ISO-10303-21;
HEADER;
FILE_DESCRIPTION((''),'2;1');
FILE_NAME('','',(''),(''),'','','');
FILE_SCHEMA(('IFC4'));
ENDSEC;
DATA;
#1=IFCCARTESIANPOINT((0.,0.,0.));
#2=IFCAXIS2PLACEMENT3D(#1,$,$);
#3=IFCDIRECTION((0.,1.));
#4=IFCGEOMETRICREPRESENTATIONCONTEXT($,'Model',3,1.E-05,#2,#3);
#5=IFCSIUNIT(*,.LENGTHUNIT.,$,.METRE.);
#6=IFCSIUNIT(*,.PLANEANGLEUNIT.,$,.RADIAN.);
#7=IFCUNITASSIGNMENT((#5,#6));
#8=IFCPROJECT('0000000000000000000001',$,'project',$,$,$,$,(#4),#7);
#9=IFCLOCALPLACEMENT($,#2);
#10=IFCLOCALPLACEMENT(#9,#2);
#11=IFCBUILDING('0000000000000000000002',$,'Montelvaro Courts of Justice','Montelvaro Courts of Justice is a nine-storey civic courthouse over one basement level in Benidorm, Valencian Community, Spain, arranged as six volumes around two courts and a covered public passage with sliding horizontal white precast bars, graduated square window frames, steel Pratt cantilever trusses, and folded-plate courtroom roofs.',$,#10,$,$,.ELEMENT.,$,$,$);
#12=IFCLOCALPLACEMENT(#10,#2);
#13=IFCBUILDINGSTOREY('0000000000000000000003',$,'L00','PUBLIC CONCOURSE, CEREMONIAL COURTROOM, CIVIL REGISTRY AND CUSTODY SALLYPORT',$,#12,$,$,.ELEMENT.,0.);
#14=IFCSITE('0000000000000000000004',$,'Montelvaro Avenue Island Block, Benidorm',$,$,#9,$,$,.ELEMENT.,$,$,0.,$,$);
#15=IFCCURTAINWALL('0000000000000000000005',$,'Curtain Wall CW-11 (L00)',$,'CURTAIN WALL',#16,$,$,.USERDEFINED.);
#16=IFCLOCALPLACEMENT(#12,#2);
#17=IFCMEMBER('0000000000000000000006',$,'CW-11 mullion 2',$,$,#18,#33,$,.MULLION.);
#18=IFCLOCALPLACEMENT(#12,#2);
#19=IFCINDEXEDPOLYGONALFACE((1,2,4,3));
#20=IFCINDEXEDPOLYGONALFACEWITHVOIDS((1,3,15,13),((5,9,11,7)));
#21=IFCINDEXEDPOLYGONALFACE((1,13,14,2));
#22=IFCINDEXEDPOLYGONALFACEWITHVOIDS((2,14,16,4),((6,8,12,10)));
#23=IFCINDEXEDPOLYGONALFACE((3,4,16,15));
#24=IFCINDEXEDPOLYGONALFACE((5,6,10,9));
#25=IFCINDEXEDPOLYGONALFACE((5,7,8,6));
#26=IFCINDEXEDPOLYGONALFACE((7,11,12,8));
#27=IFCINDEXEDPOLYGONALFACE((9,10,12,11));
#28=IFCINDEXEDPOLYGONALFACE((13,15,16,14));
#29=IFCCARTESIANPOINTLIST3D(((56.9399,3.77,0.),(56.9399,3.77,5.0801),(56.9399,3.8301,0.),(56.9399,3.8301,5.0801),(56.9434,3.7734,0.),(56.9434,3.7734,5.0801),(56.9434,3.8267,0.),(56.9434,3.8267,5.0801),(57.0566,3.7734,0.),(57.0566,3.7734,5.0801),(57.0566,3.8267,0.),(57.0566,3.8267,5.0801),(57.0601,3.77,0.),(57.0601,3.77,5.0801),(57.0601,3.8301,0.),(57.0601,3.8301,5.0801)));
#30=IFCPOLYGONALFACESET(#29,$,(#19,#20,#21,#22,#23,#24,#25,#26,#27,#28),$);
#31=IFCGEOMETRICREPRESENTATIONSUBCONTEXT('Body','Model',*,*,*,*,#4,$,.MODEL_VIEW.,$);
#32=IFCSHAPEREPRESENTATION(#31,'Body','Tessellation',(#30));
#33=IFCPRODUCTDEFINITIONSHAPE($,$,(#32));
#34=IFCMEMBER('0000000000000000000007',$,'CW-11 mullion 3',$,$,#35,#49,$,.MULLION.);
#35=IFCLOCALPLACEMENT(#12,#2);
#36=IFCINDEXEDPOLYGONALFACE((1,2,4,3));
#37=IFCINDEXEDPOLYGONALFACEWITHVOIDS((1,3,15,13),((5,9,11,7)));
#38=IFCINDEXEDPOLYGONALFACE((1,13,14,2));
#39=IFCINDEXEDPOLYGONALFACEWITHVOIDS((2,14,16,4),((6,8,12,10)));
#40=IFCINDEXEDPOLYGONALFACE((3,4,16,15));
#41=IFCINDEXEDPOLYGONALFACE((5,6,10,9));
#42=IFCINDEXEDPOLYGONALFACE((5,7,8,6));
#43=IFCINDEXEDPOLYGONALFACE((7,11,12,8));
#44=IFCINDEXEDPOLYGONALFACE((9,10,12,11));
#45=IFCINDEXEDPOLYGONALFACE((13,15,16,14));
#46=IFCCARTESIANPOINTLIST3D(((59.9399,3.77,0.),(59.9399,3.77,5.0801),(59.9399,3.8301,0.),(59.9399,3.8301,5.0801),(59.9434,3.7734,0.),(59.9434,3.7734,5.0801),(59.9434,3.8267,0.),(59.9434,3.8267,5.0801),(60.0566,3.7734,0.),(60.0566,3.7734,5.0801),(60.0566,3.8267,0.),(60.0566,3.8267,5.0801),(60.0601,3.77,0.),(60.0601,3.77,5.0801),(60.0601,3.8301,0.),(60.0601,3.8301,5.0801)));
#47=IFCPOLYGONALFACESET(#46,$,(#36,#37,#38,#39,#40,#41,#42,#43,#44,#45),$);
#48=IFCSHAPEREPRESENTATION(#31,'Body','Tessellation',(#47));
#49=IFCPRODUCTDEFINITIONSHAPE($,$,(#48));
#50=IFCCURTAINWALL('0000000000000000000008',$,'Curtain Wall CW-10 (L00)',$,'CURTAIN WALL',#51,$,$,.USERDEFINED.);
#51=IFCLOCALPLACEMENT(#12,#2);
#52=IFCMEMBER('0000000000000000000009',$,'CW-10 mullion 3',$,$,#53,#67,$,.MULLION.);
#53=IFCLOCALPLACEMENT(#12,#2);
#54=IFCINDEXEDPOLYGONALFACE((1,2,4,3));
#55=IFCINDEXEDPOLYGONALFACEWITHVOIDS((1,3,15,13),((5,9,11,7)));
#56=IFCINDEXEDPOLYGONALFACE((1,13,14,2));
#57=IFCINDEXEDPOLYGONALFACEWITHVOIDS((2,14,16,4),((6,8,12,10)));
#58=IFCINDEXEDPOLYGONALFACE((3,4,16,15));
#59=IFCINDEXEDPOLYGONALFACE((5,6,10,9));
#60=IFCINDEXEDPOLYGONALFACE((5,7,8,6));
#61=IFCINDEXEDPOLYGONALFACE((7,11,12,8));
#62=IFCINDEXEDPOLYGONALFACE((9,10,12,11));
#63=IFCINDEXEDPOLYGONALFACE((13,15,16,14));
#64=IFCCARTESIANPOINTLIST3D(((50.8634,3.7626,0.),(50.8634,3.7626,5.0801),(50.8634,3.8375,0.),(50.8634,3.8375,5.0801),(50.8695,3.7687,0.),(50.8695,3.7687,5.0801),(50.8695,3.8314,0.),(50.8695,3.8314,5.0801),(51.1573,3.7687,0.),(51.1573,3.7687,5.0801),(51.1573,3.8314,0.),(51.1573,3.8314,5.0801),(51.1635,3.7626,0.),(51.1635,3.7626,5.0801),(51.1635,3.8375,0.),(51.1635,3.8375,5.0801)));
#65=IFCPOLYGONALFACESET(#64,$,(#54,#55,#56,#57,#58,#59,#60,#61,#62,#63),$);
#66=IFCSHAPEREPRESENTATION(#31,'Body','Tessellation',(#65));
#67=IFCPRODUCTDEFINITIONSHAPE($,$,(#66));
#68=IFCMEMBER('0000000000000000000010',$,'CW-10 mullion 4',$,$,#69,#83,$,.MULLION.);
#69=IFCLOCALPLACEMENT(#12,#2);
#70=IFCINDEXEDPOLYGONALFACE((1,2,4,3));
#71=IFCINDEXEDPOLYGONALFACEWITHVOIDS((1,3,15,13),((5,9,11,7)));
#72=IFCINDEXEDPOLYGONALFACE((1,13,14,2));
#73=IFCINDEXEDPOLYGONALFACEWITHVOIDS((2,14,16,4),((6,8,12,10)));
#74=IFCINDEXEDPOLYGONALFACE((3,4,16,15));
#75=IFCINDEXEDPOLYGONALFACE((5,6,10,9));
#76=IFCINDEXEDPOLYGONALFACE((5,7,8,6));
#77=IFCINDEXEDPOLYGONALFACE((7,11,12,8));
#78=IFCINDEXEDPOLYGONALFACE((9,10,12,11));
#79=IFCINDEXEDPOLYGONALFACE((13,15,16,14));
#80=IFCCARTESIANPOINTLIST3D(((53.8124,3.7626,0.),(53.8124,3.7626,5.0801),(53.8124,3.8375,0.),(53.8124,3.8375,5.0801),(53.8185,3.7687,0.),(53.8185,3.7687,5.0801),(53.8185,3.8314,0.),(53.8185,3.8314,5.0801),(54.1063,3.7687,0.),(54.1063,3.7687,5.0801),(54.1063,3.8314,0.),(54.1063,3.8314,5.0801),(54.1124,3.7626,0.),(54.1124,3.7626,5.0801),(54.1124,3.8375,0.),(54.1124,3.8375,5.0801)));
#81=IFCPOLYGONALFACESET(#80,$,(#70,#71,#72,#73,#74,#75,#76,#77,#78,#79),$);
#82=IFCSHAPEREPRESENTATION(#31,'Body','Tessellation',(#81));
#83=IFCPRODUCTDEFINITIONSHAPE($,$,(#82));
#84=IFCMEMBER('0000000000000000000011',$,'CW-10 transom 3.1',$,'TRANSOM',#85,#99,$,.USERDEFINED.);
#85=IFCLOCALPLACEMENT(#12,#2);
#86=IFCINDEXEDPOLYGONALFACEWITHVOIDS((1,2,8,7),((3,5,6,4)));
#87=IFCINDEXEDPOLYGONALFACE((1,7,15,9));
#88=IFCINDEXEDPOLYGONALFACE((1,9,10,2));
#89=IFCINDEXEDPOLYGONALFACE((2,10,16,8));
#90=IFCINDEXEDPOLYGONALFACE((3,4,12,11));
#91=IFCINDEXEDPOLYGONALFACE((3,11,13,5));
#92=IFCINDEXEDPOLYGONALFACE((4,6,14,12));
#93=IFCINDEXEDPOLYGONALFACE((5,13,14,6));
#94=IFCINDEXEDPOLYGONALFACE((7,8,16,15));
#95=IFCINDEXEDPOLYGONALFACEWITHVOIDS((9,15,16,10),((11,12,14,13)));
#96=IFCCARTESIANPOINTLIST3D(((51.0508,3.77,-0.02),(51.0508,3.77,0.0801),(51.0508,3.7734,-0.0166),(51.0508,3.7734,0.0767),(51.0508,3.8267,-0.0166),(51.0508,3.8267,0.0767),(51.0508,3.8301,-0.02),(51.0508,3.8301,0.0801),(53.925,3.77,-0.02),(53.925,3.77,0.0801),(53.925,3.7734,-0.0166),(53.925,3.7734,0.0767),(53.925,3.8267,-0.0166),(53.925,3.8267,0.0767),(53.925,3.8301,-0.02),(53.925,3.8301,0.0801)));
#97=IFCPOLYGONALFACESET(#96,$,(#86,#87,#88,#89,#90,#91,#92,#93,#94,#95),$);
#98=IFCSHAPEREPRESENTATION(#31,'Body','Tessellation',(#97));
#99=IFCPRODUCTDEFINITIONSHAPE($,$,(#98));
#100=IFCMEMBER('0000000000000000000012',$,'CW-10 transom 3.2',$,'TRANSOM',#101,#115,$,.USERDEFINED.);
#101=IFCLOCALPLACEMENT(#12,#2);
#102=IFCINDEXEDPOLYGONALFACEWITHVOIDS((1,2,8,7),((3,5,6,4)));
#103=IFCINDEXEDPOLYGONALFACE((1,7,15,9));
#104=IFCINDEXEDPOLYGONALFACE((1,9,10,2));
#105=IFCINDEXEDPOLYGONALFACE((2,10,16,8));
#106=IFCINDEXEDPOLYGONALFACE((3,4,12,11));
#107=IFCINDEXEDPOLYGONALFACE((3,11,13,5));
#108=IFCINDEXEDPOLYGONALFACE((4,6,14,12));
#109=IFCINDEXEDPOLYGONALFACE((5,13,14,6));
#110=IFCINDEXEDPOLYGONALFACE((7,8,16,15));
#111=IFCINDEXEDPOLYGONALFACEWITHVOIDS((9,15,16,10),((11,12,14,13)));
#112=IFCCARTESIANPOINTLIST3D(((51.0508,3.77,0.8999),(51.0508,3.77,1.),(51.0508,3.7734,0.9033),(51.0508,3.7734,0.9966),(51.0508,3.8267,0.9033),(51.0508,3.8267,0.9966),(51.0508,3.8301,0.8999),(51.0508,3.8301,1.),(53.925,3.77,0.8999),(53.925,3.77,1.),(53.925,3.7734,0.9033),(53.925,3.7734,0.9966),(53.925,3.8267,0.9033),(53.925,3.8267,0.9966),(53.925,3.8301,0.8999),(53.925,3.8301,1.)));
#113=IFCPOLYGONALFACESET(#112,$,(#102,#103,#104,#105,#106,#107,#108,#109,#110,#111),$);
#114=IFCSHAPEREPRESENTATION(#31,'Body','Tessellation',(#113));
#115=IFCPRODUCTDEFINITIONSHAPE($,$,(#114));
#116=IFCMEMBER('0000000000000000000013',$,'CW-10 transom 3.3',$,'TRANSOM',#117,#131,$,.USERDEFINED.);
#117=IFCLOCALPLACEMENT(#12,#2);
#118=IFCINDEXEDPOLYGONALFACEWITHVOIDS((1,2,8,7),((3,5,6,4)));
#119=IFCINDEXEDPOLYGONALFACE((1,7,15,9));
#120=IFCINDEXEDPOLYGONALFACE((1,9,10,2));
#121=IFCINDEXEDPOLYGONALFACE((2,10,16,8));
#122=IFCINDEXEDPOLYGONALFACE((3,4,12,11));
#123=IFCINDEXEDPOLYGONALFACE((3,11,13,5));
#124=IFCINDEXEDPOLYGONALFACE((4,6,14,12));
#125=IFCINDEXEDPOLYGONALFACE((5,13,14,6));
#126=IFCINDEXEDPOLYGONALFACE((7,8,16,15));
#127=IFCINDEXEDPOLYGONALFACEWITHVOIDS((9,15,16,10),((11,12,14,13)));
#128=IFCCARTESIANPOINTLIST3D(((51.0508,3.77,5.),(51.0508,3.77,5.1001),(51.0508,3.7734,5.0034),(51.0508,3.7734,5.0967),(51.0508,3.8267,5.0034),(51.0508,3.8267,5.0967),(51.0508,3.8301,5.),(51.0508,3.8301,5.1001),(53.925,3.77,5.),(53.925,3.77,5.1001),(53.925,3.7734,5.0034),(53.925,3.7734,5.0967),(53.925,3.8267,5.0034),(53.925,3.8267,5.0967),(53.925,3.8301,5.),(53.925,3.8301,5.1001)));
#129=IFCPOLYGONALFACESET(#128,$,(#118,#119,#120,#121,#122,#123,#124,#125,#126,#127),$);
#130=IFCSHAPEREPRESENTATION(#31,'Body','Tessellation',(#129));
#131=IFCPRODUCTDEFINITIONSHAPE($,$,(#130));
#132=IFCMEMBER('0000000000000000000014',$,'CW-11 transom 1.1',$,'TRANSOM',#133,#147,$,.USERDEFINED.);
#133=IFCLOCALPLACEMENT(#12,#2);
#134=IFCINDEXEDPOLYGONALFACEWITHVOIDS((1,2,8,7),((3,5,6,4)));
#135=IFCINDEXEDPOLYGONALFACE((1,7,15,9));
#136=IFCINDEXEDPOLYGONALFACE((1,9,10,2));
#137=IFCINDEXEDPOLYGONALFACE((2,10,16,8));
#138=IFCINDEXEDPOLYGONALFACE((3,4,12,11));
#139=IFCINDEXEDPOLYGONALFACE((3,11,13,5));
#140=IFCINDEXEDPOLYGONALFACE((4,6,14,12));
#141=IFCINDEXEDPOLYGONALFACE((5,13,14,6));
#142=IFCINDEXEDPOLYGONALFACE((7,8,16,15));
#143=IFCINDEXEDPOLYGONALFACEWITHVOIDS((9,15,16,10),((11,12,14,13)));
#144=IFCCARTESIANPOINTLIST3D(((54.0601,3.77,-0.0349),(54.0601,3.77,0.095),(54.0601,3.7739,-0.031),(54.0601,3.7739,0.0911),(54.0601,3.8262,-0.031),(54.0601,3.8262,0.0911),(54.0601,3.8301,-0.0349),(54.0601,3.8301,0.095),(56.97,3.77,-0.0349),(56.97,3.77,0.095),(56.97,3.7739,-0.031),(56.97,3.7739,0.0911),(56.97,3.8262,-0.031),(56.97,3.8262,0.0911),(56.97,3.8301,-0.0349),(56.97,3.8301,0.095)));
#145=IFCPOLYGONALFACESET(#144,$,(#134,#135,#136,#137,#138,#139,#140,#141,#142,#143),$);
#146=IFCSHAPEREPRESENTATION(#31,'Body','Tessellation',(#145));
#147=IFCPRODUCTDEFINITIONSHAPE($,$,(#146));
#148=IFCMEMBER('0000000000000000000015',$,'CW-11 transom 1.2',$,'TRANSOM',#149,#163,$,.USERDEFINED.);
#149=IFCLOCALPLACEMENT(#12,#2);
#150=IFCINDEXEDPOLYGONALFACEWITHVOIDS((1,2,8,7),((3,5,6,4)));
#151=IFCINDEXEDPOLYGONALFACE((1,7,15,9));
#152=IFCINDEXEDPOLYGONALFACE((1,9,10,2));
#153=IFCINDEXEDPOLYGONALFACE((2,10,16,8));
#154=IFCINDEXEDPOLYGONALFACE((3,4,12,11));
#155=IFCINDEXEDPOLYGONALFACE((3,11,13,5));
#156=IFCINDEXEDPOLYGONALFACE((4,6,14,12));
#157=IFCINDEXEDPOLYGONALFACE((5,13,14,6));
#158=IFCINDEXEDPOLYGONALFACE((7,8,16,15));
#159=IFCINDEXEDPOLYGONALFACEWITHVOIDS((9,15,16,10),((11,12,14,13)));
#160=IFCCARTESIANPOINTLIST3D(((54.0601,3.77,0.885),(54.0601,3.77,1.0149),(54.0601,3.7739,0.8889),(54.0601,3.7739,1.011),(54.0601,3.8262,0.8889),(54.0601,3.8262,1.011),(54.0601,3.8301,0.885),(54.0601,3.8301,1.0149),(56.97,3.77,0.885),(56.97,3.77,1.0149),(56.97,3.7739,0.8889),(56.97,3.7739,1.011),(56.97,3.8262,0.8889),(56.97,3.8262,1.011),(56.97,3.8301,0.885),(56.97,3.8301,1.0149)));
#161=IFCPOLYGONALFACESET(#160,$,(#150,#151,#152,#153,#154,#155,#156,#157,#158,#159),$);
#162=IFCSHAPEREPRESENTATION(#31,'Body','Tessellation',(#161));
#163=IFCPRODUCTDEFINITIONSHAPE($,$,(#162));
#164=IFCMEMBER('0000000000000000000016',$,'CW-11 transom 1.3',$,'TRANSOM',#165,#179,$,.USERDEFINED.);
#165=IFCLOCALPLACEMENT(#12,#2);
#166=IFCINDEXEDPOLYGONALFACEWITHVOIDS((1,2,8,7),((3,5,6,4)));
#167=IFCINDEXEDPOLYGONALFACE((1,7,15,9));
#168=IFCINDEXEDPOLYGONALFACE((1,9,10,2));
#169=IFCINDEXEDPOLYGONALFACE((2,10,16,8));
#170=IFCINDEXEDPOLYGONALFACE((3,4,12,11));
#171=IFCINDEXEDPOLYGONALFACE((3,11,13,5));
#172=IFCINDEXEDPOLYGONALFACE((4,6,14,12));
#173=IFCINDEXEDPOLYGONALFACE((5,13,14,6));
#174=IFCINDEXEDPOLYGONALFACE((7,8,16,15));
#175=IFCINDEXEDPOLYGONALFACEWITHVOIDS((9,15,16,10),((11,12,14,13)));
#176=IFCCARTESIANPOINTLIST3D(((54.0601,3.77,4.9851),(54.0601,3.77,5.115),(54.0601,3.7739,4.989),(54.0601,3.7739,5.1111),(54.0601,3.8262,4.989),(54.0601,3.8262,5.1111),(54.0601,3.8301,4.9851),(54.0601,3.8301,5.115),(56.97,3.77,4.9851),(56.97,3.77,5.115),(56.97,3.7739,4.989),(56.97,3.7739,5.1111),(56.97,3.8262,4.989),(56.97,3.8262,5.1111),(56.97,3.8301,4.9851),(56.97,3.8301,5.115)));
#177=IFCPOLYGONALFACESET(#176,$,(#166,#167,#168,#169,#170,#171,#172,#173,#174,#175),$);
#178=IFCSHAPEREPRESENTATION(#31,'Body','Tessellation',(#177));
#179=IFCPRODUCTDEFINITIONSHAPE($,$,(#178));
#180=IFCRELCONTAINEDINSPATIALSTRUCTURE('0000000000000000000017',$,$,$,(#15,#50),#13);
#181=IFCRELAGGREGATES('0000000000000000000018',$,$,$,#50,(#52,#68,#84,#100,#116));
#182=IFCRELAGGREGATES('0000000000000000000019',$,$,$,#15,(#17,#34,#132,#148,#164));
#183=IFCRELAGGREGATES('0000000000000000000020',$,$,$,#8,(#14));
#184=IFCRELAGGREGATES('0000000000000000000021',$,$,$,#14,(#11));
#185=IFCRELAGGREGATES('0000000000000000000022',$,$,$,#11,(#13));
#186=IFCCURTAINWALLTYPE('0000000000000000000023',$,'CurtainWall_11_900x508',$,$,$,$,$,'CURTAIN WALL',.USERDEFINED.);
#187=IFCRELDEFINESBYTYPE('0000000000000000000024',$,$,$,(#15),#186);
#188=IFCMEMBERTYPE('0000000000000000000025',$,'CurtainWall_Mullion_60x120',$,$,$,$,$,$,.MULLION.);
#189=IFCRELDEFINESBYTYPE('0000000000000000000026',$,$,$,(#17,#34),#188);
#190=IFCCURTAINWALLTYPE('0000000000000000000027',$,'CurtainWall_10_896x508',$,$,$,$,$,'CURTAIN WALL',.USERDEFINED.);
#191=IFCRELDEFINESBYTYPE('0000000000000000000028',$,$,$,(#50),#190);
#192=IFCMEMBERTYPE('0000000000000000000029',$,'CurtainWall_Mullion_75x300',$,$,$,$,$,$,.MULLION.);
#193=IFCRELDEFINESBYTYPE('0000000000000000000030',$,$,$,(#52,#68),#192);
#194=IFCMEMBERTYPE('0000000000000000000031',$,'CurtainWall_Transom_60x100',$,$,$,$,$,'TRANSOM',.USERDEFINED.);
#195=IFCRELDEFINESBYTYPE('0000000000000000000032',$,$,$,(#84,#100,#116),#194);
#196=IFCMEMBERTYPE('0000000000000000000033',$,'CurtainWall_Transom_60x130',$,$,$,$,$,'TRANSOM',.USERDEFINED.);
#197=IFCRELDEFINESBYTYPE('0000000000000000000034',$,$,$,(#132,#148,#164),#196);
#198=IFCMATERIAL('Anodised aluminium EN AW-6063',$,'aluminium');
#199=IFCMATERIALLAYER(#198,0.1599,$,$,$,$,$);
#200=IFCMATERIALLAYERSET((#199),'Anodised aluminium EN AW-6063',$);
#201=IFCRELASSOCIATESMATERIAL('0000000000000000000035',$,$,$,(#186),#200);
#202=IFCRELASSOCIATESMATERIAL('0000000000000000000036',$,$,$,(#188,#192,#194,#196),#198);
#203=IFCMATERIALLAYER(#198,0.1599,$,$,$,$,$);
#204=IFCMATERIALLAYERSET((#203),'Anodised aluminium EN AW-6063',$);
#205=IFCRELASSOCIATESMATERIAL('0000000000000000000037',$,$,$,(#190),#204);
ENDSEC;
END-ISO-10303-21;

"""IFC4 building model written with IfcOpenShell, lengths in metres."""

from ifc_helpers import new_model, si_unit, direction, frame, origin, origin_2d, place, context, subcontext, project, spatial, hollow_rectangle, extrude, material, layer, layer_set, material_profile, profile_set, type_object, element, aggregate, save


model = new_model("IFC4")

# Units and contexts
model_context = context("Model", 3, precision=1e-05, world=origin(), true_north=direction((0.0, 1.0)))
body_context = subcontext(model_context, "Body", "Model", "MODEL_VIEW")
ifc_project = project(units=[si_unit("LENGTHUNIT", "METRE"), si_unit("PLANEANGLEUNIT", "RADIAN")], contexts=[model_context])

# Site, building, storey
site_placement = place(None, origin())
site = spatial("IfcSite", under=ifc_project, at=site_placement, Name="Montelvaro Avenue Island Block, Benidorm", CompositionType="ELEMENT", RefElevation=0.0)
building_placement = place(site_placement, origin())
building = spatial("IfcBuilding", under=site, at=building_placement, Name="Montelvaro Courts of Justice", Description="Montelvaro Courts of Justice is a nine-storey civic courthouse over one basement level in Benidorm, Valencian Community, Spain, arranged as six volumes around two courts and a covered public passage with sliding horizontal white precast bars, graduated square window frames, steel Pratt cantilever trusses, and folded-plate courtroom roofs.", CompositionType="ELEMENT")
storey_placement = place(building_placement, origin())
storey = spatial("IfcBuildingStorey", under=building, at=storey_placement, Name="L00", Description="PUBLIC CONCOURSE, CEREMONIAL COURTROOM, CIVIL REGISTRY AND CUSTODY SALLYPORT", CompositionType="ELEMENT", Elevation=0.0)

# Curtain walls, members
ifc_material_1 = material(Name="Anodised aluminium EN AW-6063", Category="aluminium")
ifc_layer_1 = layer(ifc_material_1, 0.1599)
ifc_layer_set_1 = layer_set([ifc_layer_1], Name="Anodised aluminium EN AW-6063")
curtain_wall_type_1 = type_object("IfcCurtainWallType", Name="CurtainWall_11_900x508", ElementType="CURTAIN WALL", PredefinedType="USERDEFINED", material=ifc_layer_set_1)
curtain_wall_1_placement = place(storey_placement, origin())
curtain_wall_1 = element("IfcCurtainWall", 1, at=curtain_wall_1_placement, inside=storey, type_object=curtain_wall_type_1, Name="Curtain Wall CW-11 (L00)", ObjectType="CURTAIN WALL", PredefinedType="USERDEFINED")
ifc_material_profile_1 = material_profile(ifc_material_1, hollow_rectangle(XDim=0.0601, YDim=0.1201, WallThickness=0.0034, at=origin_2d()), Name="ALU-M 60x120")
ifc_profile_set_1 = profile_set([ifc_material_profile_1], Name="Anodised aluminium EN AW-6063")
member_type_1 = type_object("IfcMemberType", Name="CurtainWall_Mullion_60x120", PredefinedType="MULLION", material=ifc_profile_set_1)
member_1_placement = place(storey_placement, frame((57.0, 3.8, 0.0), z_axis=(0.0, 0.0, 1.0), x_axis=(0.0, 1.0, 0.0)))
member_1 = element("IfcMember", 2, at=member_1_placement, type_object=member_type_1, Name="CW-11 mullion 2", PredefinedType="MULLION", context=body_context, shape_type="SweptSolid", body=[
    extrude(hollow_rectangle(XDim=0.0601, YDim=0.1201, WallThickness=0.0034, at=origin_2d()), origin(), (0.0, 0.0, 1.0), 5.0801),
])
member_2_placement = place(storey_placement, frame((60.0, 3.8, 0.0), z_axis=(0.0, 0.0, 1.0), x_axis=(0.0, 1.0, 0.0)))
member_2 = element("IfcMember", 3, at=member_2_placement, type_object=member_type_1, Name="CW-11 mullion 3", PredefinedType="MULLION", context=body_context, shape_type="SweptSolid", body=[
    extrude(hollow_rectangle(XDim=0.0601, YDim=0.1201, WallThickness=0.0034, at=origin_2d()), origin(), (0.0, 0.0, 1.0), 5.0801),
])
ifc_layer_2 = layer(ifc_material_1, 0.1599)
ifc_layer_set_2 = layer_set([ifc_layer_2], Name="Anodised aluminium EN AW-6063")
curtain_wall_type_2 = type_object("IfcCurtainWallType", Name="CurtainWall_10_896x508", ElementType="CURTAIN WALL", PredefinedType="USERDEFINED", material=ifc_layer_set_2)
curtain_wall_2_placement = place(storey_placement, origin())
curtain_wall_2 = element("IfcCurtainWall", 4, at=curtain_wall_2_placement, inside=storey, type_object=curtain_wall_type_2, Name="Curtain Wall CW-10 (L00)", ObjectType="CURTAIN WALL", PredefinedType="USERDEFINED")
ifc_material_profile_2 = material_profile(ifc_material_1, hollow_rectangle(XDim=0.075, YDim=0.3, WallThickness=0.0061, at=origin_2d()), Name="ALU-M 75x300")
ifc_profile_set_2 = profile_set([ifc_material_profile_2], Name="Anodised aluminium EN AW-6063")
member_type_2 = type_object("IfcMemberType", Name="CurtainWall_Mullion_75x300", PredefinedType="MULLION", material=ifc_profile_set_2)
member_3_placement = place(storey_placement, frame((51.0134, 3.8, 0.0), z_axis=(0.0, 0.0, 1.0), x_axis=(0.0, 1.0, 0.0)))
member_3 = element("IfcMember", 5, at=member_3_placement, type_object=member_type_2, Name="CW-10 mullion 3", PredefinedType="MULLION", context=body_context, shape_type="SweptSolid", body=[
    extrude(hollow_rectangle(XDim=0.075, YDim=0.3, WallThickness=0.0061, at=origin_2d()), origin(), (0.0, 0.0, 1.0), 5.0801),
])
member_4_placement = place(storey_placement, frame((53.9624, 3.8, 0.0), z_axis=(0.0, 0.0, 1.0), x_axis=(0.0, 1.0, 0.0)))
member_4 = element("IfcMember", 6, at=member_4_placement, type_object=member_type_2, Name="CW-10 mullion 4", PredefinedType="MULLION", context=body_context, shape_type="SweptSolid", body=[
    extrude(hollow_rectangle(XDim=0.075, YDim=0.3, WallThickness=0.0061, at=origin_2d()), origin(), (0.0, 0.0, 1.0), 5.0801),
])
ifc_material_profile_3 = material_profile(ifc_material_1, hollow_rectangle(XDim=0.0601, YDim=0.1001, WallThickness=0.0034, at=origin_2d()), Name="ALU-T 60x100")
ifc_profile_set_3 = profile_set([ifc_material_profile_3], Name="Anodised aluminium EN AW-6063")
member_type_3 = type_object("IfcMemberType", Name="CurtainWall_Transom_60x100", ElementType="TRANSOM", PredefinedType="USERDEFINED", material=ifc_profile_set_3)
member_5_placement = place(storey_placement, frame((51.0508, 3.8, 0.03), z_axis=(1.0, 0.0, 0.0), x_axis=(0.0, 1.0, 0.0)))
member_5 = element("IfcMember", 7, at=member_5_placement, type_object=member_type_3, Name="CW-10 transom 3.1", ObjectType="TRANSOM", PredefinedType="USERDEFINED", context=body_context, shape_type="SweptSolid", body=[
    extrude(hollow_rectangle(XDim=0.0601, YDim=0.1001, WallThickness=0.0034, at=origin_2d()), origin(), (0.0, 0.0, 1.0), 2.8743),
])
member_6_placement = place(storey_placement, frame((51.0508, 3.8, 0.95), z_axis=(1.0, 0.0, 0.0), x_axis=(0.0, 1.0, 0.0)))
member_6 = element("IfcMember", 8, at=member_6_placement, type_object=member_type_3, Name="CW-10 transom 3.2", ObjectType="TRANSOM", PredefinedType="USERDEFINED", context=body_context, shape_type="SweptSolid", body=[
    extrude(hollow_rectangle(XDim=0.0601, YDim=0.1001, WallThickness=0.0034, at=origin_2d()), origin(), (0.0, 0.0, 1.0), 2.8743),
])
member_7_placement = place(storey_placement, frame((51.0508, 3.8, 5.05), z_axis=(1.0, 0.0, 0.0), x_axis=(0.0, 1.0, 0.0)))
member_7 = element("IfcMember", 9, at=member_7_placement, type_object=member_type_3, Name="CW-10 transom 3.3", ObjectType="TRANSOM", PredefinedType="USERDEFINED", context=body_context, shape_type="SweptSolid", body=[
    extrude(hollow_rectangle(XDim=0.0601, YDim=0.1001, WallThickness=0.0034, at=origin_2d()), origin(), (0.0, 0.0, 1.0), 2.8743),
])

# Members
ifc_material_profile_4 = material_profile(ifc_material_1, hollow_rectangle(XDim=0.0601, YDim=0.1299, WallThickness=0.0039, at=origin_2d()), Name="ALU-T 60x130")
ifc_profile_set_4 = profile_set([ifc_material_profile_4], Name="Anodised aluminium EN AW-6063")
member_type_4 = type_object("IfcMemberType", Name="CurtainWall_Transom_60x130", ElementType="TRANSOM", PredefinedType="USERDEFINED", material=ifc_profile_set_4)
member_8_placement = place(storey_placement, frame((54.0601, 3.8, 0.03), z_axis=(1.0, 0.0, 0.0), x_axis=(0.0, 1.0, 0.0)))
member_8 = element("IfcMember", 10, at=member_8_placement, type_object=member_type_4, Name="CW-11 transom 1.1", ObjectType="TRANSOM", PredefinedType="USERDEFINED", context=body_context, shape_type="SweptSolid", body=[
    extrude(hollow_rectangle(XDim=0.0601, YDim=0.1299, WallThickness=0.0039, at=origin_2d()), origin(), (0.0, 0.0, 1.0), 2.9099),
])
member_9_placement = place(storey_placement, frame((54.0601, 3.8, 0.95), z_axis=(1.0, 0.0, 0.0), x_axis=(0.0, 1.0, 0.0)))
member_9 = element("IfcMember", 11, at=member_9_placement, type_object=member_type_4, Name="CW-11 transom 1.2", ObjectType="TRANSOM", PredefinedType="USERDEFINED", context=body_context, shape_type="SweptSolid", body=[
    extrude(hollow_rectangle(XDim=0.0601, YDim=0.1299, WallThickness=0.0039, at=origin_2d()), origin(), (0.0, 0.0, 1.0), 2.9099),
])
member_10_placement = place(storey_placement, frame((54.0601, 3.8, 5.05), z_axis=(1.0, 0.0, 0.0), x_axis=(0.0, 1.0, 0.0)))
member_10 = element("IfcMember", 12, at=member_10_placement, type_object=member_type_4, Name="CW-11 transom 1.3", ObjectType="TRANSOM", PredefinedType="USERDEFINED", context=body_context, shape_type="SweptSolid", body=[
    extrude(hollow_rectangle(XDim=0.0601, YDim=0.1299, WallThickness=0.0039, at=origin_2d()), origin(), (0.0, 0.0, 1.0), 2.9099),
])

aggregate(curtain_wall_2, [member_3, member_4, member_5, member_6, member_7])
aggregate(curtain_wall_1, [member_1, member_2, member_8, member_9, member_10])

save(model, "model.ifc")
